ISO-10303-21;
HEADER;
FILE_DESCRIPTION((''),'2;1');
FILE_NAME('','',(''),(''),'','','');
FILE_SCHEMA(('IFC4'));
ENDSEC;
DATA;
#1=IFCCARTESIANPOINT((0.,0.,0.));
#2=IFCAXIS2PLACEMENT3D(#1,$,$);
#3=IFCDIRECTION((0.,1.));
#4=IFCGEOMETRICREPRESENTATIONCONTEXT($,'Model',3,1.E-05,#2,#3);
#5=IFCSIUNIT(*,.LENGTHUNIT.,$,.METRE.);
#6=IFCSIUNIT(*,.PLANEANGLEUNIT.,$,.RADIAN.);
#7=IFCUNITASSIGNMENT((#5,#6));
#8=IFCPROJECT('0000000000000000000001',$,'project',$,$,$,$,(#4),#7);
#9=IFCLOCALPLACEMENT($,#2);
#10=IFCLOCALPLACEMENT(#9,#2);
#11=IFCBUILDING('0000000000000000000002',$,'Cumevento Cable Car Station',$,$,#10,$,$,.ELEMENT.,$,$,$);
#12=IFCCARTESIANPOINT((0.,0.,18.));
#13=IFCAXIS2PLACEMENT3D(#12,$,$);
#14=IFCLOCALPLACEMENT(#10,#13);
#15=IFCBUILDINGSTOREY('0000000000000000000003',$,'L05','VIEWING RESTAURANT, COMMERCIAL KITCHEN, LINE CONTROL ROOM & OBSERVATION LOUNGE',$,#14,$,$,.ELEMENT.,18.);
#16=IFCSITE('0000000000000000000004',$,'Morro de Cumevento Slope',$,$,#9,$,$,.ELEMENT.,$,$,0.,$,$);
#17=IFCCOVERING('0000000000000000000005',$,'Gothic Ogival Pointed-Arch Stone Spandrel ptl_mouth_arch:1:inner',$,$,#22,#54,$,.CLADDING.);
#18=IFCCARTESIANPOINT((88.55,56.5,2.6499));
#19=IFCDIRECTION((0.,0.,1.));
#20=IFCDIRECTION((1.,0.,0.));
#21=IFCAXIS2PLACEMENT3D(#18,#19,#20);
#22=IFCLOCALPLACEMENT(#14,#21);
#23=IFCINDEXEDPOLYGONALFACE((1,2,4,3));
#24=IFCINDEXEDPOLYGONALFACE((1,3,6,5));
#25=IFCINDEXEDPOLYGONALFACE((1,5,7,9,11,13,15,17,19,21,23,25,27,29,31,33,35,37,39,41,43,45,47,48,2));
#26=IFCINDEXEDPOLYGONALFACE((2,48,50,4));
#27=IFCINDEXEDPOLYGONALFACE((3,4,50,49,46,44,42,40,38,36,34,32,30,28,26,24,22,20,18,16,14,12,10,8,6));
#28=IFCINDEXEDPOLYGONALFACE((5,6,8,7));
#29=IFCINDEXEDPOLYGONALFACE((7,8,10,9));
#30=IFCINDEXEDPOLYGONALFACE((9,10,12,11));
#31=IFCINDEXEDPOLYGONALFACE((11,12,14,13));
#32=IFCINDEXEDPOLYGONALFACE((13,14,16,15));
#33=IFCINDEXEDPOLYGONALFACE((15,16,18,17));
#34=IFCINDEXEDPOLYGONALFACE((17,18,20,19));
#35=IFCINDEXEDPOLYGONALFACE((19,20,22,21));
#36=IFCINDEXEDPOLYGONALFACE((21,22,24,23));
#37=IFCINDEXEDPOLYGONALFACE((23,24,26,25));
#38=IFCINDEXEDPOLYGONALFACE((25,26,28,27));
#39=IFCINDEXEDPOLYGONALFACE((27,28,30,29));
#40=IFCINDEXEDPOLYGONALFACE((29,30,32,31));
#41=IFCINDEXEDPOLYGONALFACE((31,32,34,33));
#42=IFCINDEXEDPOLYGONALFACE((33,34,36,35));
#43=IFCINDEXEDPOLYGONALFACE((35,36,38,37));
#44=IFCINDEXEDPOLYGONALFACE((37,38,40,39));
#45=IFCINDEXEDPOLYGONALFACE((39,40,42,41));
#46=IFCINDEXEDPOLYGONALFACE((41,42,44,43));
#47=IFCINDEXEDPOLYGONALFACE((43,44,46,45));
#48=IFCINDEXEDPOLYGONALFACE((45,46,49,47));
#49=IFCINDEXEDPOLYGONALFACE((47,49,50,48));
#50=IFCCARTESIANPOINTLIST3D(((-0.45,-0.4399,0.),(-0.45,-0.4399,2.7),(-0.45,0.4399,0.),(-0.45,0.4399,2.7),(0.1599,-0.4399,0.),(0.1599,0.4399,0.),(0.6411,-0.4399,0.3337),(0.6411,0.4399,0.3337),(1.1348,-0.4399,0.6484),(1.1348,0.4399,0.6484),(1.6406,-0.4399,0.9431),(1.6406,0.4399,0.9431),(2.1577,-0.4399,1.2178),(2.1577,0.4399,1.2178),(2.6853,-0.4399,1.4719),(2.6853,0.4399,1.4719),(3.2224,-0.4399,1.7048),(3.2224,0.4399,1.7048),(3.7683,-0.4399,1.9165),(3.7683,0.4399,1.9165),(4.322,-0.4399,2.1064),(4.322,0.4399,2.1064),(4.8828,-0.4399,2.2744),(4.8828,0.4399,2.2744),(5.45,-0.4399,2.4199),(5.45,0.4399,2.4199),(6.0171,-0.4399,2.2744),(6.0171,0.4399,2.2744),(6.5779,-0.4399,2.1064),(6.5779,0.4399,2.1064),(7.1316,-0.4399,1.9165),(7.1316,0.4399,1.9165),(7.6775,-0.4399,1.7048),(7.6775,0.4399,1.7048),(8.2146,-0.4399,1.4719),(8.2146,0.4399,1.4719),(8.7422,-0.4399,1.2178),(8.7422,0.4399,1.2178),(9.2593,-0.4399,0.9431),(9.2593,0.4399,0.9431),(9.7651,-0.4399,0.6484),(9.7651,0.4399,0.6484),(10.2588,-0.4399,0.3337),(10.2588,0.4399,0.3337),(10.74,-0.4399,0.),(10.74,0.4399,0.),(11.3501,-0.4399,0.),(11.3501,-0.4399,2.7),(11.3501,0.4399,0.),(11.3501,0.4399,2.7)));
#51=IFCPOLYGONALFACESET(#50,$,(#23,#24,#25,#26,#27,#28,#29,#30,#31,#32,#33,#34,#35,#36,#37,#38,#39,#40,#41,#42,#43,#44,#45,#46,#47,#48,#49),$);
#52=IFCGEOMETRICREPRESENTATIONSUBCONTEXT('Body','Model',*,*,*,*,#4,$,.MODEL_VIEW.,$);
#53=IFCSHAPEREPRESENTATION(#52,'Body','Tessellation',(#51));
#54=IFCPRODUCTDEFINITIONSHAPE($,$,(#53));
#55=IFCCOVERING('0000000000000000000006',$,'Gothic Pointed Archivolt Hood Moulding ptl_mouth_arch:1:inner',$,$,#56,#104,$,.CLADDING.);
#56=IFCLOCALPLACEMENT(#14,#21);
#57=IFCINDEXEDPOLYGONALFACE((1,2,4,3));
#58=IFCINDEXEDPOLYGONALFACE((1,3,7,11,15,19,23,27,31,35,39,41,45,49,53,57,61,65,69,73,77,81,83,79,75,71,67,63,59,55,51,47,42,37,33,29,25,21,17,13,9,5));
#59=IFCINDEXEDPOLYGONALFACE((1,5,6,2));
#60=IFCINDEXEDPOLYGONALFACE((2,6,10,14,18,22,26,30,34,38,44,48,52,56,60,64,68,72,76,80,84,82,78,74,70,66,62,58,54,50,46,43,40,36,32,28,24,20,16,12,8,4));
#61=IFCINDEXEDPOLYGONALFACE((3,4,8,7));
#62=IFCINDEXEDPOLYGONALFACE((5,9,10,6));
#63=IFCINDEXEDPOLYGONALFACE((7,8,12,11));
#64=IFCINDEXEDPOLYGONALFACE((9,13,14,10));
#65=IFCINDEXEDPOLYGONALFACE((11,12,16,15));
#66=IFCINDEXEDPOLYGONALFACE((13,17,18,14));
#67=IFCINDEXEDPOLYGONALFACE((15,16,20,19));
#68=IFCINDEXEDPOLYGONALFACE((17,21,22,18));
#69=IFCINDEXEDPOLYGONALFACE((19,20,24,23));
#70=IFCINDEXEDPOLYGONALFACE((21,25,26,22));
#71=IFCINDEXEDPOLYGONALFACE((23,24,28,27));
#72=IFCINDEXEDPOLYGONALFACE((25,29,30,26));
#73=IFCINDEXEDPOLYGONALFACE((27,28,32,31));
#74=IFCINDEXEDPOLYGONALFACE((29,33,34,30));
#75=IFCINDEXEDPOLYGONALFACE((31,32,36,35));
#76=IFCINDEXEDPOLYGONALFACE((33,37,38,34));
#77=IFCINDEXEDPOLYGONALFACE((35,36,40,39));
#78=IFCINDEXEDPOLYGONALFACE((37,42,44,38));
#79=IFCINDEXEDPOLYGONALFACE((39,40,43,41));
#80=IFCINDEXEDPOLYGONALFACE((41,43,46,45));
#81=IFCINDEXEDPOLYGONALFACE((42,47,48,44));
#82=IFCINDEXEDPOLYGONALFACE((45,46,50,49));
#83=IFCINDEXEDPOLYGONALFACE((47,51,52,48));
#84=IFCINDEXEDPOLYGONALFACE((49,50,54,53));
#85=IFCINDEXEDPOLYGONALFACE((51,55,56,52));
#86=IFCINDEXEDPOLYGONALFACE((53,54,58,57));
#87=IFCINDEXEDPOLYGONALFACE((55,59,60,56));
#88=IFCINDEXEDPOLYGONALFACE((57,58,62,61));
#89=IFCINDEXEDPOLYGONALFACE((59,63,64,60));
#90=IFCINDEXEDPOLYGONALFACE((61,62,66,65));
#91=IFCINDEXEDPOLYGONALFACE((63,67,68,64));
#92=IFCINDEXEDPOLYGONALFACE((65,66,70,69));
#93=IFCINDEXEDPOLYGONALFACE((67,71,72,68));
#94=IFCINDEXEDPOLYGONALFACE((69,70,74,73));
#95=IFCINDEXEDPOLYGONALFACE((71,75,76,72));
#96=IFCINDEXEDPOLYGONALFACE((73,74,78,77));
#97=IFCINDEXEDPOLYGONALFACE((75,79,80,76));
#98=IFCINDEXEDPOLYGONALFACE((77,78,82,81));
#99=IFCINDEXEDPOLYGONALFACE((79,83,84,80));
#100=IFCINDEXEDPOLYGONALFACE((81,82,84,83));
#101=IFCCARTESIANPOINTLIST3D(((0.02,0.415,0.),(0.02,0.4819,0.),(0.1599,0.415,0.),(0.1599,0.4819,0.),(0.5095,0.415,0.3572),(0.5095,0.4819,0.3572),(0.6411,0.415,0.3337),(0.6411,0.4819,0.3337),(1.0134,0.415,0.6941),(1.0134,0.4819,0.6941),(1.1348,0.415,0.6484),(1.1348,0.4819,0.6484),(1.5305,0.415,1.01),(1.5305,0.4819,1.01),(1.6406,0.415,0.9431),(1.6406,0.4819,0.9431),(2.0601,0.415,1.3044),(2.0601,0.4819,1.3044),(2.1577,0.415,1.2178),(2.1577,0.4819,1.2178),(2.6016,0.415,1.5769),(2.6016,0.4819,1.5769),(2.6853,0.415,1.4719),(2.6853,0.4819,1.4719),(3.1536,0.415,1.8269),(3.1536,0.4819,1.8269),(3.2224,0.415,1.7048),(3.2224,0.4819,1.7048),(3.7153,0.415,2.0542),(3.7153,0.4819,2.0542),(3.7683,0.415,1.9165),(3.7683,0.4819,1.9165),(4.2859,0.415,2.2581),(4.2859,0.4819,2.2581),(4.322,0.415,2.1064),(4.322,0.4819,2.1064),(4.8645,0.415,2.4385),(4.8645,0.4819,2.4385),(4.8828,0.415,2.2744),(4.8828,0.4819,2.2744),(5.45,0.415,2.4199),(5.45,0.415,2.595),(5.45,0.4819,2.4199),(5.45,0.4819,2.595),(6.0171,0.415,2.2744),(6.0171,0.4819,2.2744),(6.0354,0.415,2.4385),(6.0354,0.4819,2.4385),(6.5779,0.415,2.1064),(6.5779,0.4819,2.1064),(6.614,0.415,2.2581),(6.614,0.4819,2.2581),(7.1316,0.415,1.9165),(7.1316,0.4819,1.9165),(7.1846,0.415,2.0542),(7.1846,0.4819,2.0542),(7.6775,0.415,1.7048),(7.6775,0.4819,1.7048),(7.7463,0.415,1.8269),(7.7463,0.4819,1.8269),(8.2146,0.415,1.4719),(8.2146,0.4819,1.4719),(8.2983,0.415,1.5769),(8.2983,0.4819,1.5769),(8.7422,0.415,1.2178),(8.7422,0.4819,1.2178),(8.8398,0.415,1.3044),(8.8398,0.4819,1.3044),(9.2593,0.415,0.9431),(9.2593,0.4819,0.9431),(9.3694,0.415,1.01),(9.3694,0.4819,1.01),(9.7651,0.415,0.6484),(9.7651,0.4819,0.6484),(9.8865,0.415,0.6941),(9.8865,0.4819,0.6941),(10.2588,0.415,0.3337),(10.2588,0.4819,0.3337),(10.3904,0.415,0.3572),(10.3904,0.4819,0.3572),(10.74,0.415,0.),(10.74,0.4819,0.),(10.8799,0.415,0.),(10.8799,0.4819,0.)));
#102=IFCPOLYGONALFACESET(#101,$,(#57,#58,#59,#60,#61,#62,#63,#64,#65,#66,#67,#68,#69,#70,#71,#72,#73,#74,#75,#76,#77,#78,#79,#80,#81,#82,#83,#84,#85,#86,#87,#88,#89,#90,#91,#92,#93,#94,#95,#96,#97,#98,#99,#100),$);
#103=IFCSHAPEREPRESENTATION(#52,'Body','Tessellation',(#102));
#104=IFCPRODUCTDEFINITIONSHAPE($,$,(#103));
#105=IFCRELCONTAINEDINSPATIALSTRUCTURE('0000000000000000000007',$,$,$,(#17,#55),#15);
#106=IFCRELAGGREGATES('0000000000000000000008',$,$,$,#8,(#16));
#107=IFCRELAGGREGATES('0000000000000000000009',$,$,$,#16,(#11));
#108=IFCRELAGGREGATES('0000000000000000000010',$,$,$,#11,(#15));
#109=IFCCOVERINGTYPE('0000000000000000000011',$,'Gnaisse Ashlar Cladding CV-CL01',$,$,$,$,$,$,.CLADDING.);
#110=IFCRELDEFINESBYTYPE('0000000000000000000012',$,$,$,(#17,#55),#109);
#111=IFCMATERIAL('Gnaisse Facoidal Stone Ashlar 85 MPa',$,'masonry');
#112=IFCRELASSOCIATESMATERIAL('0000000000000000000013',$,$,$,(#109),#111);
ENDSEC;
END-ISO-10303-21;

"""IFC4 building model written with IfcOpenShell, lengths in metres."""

from ifc_helpers import new_model, si_unit, direction, frame, origin, place, context, subcontext, project, spatial, polyline, outline, extrude, material, type_object, element, save


model = new_model("IFC4")

# Units and contexts
model_context = context("Model", 3, precision=1e-05, world=origin(), true_north=direction((0.0, 1.0)))
body_context = subcontext(model_context, "Body", "Model", "MODEL_VIEW")
ifc_project = project(units=[si_unit("LENGTHUNIT", "METRE"), si_unit("PLANEANGLEUNIT", "RADIAN")], contexts=[model_context])

# Site, building, storey
site_placement = place(None, origin())
site = spatial("IfcSite", under=ifc_project, at=site_placement, Name="Morro de Cumevento Slope", CompositionType="ELEMENT", RefElevation=0.0)
building_placement = place(site_placement, origin())
building = spatial("IfcBuilding", under=site, at=building_placement, Name="Cumevento Cable Car Station", CompositionType="ELEMENT")
storey_placement = place(building_placement, frame((0.0, 0.0, 18.0)))
storey = spatial("IfcBuildingStorey", under=building, at=storey_placement, Name="L05", Description="VIEWING RESTAURANT, COMMERCIAL KITCHEN, LINE CONTROL ROOM & OBSERVATION LOUNGE", CompositionType="ELEMENT", Elevation=18.0)

# Coverings
ifc_material_1 = material(Name="Gnaisse Facoidal Stone Ashlar 85 MPa", Category="masonry")
covering_type = type_object("IfcCoveringType", Name="Gnaisse Ashlar Cladding CV-CL01", PredefinedType="CLADDING", material=ifc_material_1)
covering_1_placement = place(storey_placement, frame((88.55, 56.5, 2.6499), z_axis=(0.0, 0.0, 1.0), x_axis=(1.0, 0.0, 0.0)))
element("IfcCovering", 1, at=covering_1_placement, inside=storey, type_object=covering_type, Name="Gothic Ogival Pointed-Arch Stone Spandrel ptl_mouth_arch:1:inner", PredefinedType="CLADDING", context=body_context, shape_type="SweptSolid", body=[
    extrude(outline(polyline([(-0.45, 0.0), (-0.45, 2.7), (11.3501, 2.7), (11.3501, 0.0), (10.74, 0.0), (10.2588, 0.3337), (9.7651, 0.6484), (9.2593, 0.9431), (8.7422, 1.2178), (8.2146, 1.4719), (7.6775, 1.7048), (7.1316, 1.9165), (6.5779, 2.1064), (6.0171, 2.2744), (5.45, 2.4199), (4.8828, 2.2744), (4.322, 2.1064), (3.7683, 1.9165), (3.2224, 1.7048), (2.6853, 1.4719), (2.1577, 1.2178), (1.6406, 0.9431), (1.1348, 0.6484), (0.6411, 0.3337), (0.1599, 0.0), (-0.45, 0.0)])), frame((0.0, 0.4399, 0.0), z_axis=(0.0, -1.0, 0.0), x_axis=(1.0, 0.0, 0.0)), (0.0, 0.0, 1.0), 0.8799),
])
covering_2_placement = place(storey_placement, frame((88.55, 56.5, 2.6499), z_axis=(0.0, 0.0, 1.0), x_axis=(1.0, 0.0, 0.0)))
element("IfcCovering", 2, at=covering_2_placement, inside=storey, type_object=covering_type, Name="Gothic Pointed Archivolt Hood Moulding ptl_mouth_arch:1:inner", PredefinedType="CLADDING", context=body_context, shape_type="SweptSolid", body=[
    extrude(outline(polyline([(0.1599, 0.0), (0.6411, 0.3337), (1.1348, 0.6484), (1.6406, 0.9431), (2.1577, 1.2178), (2.6853, 1.4719), (3.2224, 1.7048), (3.7683, 1.9165), (4.322, 2.1064), (4.8828, 2.2744), (5.45, 2.4199), (6.0171, 2.2744), (6.5779, 2.1064), (7.1316, 1.9165), (7.6775, 1.7048), (8.2146, 1.4719), (8.7422, 1.2178), (9.2593, 0.9431), (9.7651, 0.6484), (10.2588, 0.3337), (10.74, 0.0), (10.8799, 0.0), (10.3904, 0.3572), (9.8865, 0.6941), (9.3694, 1.01), (8.8398, 1.3044), (8.2983, 1.5769), (7.7463, 1.8269), (7.1846, 2.0542), (6.614, 2.2581), (6.0354, 2.4385), (5.45, 2.595), (4.8645, 2.4385), (4.2859, 2.2581), (3.7153, 2.0542), (3.1536, 1.8269), (2.6016, 1.5769), (2.0601, 1.3044), (1.5305, 1.01), (1.0134, 0.6941), (0.5095, 0.3572), (0.02, 0.0), (0.1599, 0.0)])), frame((0.0, 0.4819, 0.0), z_axis=(0.0, -1.0, 0.0), x_axis=(1.0, 0.0, 0.0)), (0.0, 0.0, 1.0), 0.0669),
])

save(model, "model.ifc")
